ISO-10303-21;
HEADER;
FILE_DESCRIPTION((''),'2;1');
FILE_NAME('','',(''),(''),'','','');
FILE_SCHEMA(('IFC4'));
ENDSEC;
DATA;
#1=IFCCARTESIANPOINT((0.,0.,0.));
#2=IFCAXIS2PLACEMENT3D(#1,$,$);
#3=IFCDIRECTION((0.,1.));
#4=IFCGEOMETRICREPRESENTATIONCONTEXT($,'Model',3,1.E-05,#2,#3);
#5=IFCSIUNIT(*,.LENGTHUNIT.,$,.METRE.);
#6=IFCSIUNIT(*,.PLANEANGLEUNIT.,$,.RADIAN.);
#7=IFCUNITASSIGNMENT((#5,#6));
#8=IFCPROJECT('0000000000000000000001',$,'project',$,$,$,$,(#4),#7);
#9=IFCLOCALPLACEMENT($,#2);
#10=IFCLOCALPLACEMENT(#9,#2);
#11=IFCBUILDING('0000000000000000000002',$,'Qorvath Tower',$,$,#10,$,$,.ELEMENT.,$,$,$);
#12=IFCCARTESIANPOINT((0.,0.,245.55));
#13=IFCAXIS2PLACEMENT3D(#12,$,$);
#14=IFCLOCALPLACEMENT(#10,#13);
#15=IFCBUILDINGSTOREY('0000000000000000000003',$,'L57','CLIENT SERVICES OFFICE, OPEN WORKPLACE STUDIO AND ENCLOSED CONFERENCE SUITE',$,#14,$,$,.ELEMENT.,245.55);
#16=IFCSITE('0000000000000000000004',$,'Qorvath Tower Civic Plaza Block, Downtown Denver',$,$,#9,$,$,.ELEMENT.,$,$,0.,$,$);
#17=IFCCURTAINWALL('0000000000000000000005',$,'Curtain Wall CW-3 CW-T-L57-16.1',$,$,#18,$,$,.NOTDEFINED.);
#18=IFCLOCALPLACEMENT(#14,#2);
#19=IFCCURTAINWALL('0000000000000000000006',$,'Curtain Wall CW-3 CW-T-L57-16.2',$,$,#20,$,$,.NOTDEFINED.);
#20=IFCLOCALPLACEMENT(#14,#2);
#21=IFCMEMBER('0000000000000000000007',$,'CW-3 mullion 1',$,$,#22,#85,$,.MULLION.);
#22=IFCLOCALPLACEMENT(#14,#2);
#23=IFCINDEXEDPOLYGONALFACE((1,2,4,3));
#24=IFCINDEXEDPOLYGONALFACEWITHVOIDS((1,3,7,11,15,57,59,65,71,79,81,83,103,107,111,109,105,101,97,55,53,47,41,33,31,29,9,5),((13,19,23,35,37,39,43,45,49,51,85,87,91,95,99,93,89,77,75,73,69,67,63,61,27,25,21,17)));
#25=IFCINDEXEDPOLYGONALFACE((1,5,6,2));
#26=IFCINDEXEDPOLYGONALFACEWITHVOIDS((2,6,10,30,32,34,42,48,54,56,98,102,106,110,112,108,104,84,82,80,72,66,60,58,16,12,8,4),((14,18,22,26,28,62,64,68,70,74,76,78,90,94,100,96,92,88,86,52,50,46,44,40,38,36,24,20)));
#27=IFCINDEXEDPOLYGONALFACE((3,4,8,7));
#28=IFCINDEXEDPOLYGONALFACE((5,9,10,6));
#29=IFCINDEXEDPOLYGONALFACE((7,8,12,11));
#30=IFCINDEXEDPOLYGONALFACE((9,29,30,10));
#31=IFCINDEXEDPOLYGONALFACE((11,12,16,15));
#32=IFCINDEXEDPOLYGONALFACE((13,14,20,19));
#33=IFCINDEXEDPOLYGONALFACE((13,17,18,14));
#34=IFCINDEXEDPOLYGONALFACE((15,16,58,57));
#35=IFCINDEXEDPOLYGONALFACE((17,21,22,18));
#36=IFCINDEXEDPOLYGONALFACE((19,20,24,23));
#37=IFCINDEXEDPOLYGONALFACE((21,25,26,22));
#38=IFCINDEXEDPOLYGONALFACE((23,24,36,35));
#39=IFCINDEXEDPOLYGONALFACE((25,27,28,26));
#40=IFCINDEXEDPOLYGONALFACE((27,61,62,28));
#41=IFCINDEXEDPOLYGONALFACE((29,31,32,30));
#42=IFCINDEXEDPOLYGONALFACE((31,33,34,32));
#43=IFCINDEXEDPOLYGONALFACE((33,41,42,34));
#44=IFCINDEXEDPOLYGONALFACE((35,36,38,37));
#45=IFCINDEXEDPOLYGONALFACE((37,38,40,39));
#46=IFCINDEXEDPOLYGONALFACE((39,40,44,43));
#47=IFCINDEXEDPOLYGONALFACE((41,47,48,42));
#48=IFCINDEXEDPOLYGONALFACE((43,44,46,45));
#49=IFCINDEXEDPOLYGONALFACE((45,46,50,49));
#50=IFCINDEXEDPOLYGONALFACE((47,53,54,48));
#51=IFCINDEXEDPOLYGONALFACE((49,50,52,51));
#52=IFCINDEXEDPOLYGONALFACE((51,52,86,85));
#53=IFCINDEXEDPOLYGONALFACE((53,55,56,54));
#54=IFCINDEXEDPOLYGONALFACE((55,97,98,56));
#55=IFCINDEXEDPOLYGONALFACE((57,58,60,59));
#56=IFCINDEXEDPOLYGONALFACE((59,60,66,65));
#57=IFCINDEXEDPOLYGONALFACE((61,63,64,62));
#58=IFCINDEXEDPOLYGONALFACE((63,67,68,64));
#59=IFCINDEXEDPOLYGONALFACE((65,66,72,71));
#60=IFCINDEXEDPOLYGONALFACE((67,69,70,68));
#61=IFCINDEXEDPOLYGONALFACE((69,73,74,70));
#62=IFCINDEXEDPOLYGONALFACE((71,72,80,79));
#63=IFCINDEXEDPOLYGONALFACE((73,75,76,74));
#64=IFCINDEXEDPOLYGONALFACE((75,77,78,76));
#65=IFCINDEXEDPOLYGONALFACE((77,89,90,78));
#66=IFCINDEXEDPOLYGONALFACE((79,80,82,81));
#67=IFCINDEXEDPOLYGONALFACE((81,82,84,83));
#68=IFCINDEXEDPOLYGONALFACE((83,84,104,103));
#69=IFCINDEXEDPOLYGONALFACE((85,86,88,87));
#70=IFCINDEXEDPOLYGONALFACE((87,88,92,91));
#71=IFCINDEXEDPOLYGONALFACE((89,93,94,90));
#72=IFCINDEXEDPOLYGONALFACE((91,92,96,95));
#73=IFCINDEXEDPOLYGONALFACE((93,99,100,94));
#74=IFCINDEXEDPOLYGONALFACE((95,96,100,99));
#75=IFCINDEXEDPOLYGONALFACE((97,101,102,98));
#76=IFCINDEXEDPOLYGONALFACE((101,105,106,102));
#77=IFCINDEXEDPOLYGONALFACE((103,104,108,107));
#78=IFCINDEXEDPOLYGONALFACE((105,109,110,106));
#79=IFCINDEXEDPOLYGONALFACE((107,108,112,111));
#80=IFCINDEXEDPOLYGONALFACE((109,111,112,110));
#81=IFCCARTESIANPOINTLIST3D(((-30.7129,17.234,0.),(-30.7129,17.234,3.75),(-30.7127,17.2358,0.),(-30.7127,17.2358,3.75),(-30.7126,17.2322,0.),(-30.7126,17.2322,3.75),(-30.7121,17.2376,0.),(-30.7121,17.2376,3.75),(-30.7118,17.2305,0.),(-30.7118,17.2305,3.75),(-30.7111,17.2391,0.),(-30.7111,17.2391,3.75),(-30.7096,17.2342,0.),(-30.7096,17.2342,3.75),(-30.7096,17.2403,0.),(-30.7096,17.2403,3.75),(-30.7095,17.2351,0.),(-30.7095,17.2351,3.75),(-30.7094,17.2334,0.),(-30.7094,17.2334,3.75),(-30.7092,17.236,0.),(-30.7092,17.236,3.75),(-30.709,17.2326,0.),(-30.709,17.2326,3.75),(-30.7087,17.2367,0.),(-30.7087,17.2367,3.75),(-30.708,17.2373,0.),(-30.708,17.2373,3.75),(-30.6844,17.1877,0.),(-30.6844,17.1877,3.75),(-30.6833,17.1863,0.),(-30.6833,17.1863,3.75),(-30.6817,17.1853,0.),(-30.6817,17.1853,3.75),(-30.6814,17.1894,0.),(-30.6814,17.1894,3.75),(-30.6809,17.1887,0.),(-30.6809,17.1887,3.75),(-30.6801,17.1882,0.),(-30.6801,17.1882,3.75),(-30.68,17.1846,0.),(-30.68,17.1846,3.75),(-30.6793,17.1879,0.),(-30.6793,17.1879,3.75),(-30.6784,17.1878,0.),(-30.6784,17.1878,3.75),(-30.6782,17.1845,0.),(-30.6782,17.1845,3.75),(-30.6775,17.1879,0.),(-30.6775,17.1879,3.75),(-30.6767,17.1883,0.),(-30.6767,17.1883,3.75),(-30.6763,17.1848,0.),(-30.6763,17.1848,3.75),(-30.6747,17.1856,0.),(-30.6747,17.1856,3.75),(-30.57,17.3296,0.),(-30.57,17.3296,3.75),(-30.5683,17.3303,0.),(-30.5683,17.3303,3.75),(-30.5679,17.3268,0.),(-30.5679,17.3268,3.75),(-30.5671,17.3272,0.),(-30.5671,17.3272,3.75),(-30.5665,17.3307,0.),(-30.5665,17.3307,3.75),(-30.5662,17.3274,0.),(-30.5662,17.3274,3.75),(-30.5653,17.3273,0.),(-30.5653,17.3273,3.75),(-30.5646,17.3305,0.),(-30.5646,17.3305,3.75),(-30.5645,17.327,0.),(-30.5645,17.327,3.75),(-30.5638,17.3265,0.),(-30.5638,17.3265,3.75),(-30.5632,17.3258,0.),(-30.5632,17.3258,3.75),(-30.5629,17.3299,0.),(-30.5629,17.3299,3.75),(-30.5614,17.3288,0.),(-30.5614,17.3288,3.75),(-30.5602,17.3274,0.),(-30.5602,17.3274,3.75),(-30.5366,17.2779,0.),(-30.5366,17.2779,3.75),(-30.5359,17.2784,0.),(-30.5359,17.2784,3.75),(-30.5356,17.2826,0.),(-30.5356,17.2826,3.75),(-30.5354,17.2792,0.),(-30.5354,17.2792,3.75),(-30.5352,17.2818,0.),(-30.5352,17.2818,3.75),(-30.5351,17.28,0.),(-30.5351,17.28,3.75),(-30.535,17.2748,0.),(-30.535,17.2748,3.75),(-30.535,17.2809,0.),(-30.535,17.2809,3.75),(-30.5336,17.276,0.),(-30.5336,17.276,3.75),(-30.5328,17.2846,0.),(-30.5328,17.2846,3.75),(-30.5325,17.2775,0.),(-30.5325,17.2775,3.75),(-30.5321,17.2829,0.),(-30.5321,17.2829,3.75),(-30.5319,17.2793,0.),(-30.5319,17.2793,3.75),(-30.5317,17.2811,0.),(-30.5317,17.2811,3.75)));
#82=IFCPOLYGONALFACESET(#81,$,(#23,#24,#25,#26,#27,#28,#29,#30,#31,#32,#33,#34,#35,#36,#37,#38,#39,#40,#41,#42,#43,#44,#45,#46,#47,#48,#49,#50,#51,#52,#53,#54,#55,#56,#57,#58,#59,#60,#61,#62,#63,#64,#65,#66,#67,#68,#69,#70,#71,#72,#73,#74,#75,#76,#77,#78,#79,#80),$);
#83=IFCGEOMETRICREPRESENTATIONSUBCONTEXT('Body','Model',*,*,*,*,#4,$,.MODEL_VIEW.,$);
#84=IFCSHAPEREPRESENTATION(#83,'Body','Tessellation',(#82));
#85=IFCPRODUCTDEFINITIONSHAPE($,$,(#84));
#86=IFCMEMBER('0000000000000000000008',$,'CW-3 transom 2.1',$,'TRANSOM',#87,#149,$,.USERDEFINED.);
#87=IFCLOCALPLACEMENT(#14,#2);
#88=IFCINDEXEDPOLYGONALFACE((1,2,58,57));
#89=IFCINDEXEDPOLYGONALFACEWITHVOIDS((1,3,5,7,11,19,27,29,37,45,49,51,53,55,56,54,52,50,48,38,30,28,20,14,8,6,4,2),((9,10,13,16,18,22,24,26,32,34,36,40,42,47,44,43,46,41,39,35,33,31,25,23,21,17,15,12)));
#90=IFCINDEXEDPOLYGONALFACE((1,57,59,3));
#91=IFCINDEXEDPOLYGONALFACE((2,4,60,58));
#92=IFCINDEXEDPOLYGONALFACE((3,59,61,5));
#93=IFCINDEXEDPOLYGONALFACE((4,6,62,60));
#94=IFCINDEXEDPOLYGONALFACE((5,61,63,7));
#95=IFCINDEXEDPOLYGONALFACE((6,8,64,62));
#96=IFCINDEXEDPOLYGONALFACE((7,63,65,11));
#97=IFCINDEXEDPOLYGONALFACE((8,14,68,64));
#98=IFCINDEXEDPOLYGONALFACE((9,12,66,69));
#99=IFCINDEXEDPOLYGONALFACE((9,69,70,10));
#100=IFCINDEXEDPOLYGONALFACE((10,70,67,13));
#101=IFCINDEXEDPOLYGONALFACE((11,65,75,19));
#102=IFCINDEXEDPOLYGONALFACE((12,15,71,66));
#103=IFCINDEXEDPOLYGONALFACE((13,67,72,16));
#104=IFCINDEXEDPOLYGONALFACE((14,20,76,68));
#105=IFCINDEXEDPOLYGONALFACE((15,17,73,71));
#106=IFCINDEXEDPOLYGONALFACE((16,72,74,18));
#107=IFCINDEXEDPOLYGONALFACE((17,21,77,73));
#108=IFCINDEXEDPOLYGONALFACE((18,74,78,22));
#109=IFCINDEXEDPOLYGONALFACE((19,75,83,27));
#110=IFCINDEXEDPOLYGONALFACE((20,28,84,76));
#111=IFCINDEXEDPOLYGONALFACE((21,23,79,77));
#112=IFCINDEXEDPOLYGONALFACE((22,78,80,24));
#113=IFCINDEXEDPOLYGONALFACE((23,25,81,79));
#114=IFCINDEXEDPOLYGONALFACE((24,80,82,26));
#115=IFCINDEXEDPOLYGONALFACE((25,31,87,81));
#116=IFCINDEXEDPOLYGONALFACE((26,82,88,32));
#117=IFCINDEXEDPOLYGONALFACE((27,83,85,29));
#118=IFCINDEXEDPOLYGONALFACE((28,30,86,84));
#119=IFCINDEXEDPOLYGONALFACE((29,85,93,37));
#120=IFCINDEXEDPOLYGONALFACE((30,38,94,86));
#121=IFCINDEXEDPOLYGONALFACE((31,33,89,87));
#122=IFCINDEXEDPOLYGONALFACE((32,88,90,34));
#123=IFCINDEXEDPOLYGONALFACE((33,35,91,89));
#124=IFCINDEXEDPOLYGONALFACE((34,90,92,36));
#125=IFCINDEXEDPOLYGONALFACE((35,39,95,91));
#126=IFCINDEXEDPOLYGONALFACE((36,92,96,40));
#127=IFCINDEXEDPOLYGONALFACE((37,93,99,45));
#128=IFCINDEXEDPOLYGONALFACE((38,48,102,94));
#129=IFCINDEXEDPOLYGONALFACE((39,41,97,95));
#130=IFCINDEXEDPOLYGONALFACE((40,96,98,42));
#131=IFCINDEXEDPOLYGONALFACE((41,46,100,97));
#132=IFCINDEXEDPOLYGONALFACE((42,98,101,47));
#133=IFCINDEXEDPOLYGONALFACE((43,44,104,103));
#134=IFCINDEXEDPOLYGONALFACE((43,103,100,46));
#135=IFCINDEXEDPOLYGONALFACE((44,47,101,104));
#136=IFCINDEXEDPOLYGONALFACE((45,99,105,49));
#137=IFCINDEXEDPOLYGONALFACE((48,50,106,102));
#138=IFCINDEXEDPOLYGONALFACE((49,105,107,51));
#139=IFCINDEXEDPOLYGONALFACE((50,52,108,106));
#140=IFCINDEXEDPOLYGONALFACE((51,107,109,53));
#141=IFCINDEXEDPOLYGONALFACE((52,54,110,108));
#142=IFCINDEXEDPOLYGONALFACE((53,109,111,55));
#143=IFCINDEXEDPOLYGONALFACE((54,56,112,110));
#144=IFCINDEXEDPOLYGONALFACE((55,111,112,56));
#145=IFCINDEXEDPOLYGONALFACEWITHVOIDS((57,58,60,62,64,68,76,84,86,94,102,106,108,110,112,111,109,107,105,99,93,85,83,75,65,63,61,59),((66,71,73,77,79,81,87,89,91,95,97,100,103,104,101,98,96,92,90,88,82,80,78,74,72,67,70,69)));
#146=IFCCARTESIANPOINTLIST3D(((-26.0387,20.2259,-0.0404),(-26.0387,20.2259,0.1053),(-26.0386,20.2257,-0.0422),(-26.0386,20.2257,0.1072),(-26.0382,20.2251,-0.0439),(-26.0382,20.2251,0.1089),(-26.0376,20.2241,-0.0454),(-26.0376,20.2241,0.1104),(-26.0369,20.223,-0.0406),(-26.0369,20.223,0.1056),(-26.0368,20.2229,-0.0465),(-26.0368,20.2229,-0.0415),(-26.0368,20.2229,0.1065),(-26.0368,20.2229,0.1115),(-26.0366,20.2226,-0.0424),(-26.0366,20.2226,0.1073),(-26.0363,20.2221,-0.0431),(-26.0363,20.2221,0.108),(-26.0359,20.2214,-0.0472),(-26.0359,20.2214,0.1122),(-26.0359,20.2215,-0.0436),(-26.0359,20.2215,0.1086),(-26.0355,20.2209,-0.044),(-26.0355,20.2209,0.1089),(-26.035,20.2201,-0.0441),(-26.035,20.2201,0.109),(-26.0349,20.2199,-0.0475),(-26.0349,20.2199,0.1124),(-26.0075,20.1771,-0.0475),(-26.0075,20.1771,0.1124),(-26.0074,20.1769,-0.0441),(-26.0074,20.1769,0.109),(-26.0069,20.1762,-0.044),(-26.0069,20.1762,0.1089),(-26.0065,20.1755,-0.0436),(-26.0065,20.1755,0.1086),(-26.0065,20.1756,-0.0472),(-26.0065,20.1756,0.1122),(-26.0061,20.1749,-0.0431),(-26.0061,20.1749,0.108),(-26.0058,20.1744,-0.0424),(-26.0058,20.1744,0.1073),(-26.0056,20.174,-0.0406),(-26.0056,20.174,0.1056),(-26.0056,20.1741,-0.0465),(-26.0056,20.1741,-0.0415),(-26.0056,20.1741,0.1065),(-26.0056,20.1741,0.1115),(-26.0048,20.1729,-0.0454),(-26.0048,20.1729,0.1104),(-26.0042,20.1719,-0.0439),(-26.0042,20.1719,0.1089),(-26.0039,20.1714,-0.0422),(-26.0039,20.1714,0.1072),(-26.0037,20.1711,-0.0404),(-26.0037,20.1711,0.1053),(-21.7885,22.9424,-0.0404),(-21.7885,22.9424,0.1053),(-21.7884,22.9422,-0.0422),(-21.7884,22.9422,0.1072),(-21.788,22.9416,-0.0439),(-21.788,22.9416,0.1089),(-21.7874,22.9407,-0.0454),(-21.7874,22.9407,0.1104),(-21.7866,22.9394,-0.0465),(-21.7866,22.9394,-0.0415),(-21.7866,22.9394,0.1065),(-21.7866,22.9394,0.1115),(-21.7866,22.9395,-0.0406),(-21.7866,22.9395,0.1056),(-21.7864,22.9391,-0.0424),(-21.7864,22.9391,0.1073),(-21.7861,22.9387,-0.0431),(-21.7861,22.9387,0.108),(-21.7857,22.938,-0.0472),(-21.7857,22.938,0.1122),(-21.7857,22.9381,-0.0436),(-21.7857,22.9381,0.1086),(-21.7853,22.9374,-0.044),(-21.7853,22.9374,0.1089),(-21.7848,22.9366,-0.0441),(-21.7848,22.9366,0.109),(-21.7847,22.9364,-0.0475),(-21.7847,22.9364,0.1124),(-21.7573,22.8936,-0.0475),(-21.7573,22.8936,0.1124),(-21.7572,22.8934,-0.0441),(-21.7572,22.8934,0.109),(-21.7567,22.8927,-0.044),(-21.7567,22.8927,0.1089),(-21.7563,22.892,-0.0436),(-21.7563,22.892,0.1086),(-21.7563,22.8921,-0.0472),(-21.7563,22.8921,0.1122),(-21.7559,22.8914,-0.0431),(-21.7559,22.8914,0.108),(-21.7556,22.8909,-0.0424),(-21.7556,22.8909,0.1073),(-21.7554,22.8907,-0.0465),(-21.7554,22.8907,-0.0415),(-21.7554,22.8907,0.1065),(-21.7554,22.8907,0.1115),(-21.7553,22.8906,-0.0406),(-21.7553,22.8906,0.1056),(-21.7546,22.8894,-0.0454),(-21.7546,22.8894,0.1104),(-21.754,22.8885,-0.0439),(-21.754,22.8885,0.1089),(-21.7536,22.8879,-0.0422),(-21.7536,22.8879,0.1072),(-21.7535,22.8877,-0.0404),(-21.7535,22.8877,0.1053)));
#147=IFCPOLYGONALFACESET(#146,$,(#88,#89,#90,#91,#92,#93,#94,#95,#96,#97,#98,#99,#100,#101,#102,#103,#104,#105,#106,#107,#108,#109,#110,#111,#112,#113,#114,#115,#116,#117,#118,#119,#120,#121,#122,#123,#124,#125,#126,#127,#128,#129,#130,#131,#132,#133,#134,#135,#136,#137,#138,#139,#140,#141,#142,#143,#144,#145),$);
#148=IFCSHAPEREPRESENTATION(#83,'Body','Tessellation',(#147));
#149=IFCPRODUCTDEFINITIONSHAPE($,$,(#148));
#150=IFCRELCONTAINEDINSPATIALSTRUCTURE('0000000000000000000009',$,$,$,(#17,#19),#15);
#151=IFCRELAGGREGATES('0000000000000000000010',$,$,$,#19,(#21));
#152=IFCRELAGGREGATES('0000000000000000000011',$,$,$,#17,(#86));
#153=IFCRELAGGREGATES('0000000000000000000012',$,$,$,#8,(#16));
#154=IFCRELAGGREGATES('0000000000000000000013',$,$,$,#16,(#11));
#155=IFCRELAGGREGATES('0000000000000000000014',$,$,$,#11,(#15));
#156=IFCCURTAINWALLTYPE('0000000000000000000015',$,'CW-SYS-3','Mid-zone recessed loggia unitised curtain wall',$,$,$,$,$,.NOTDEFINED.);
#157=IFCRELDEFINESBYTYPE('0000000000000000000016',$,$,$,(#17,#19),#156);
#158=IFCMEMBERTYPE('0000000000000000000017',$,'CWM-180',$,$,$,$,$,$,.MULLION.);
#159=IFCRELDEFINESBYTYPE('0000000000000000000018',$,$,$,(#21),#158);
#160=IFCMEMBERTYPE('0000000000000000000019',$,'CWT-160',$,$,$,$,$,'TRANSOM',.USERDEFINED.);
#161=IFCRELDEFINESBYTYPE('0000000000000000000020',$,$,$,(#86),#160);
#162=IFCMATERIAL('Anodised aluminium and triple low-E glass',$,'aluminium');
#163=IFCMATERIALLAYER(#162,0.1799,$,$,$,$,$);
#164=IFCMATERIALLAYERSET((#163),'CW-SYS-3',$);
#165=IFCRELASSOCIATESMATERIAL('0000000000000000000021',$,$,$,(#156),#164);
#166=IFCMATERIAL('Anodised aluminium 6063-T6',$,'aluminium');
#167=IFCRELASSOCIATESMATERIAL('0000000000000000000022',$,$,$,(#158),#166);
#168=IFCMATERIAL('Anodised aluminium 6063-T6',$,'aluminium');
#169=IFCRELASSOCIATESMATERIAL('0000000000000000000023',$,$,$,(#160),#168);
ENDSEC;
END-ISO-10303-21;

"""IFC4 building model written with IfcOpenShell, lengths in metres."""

from ifc_helpers import new_model, si_unit, direction, frame, origin, origin_2d, place, context, subcontext, project, spatial, hollow_rectangle, extrude, material, layer, layer_set, material_profile, profile_set, type_object, element, aggregate, save


model = new_model("IFC4")

# Units and contexts
model_context = context("Model", 3, precision=1e-05, world=origin(), true_north=direction((0.0, 1.0)))
body_context = subcontext(model_context, "Body", "Model", "MODEL_VIEW")
ifc_project = project(units=[si_unit("LENGTHUNIT", "METRE"), si_unit("PLANEANGLEUNIT", "RADIAN")], contexts=[model_context])

# Site, building, storey
site_placement = place(None, origin())
site = spatial("IfcSite", under=ifc_project, at=site_placement, Name="Qorvath Tower Civic Plaza Block, Downtown Denver", CompositionType="ELEMENT", RefElevation=0.0)
building_placement = place(site_placement, origin())
building = spatial("IfcBuilding", under=site, at=building_placement, Name="Qorvath Tower", CompositionType="ELEMENT")
storey_placement = place(building_placement, frame((0.0, 0.0, 245.55)))
storey = spatial("IfcBuildingStorey", under=building, at=storey_placement, Name="L57", Description="CLIENT SERVICES OFFICE, OPEN WORKPLACE STUDIO AND ENCLOSED CONFERENCE SUITE", CompositionType="ELEMENT", Elevation=245.55)

# Curtain wall
ifc_material_1 = material(Name="Anodised aluminium and triple low-E glass", Category="aluminium")
ifc_layer_1 = layer(ifc_material_1, 0.1799)
ifc_layer_set_1 = layer_set([ifc_layer_1], Name="CW-SYS-3")
curtain_wall_type = type_object("IfcCurtainWallType", Name="CW-SYS-3", Description="Mid-zone recessed loggia unitised curtain wall", PredefinedType="NOTDEFINED", material=ifc_layer_set_1)
curtain_wall_1_placement = place(storey_placement, origin())
curtain_wall_1 = element("IfcCurtainWall", 1, at=curtain_wall_1_placement, inside=storey, type_object=curtain_wall_type, Name="Curtain Wall CW-3 CW-T-L57-16.1", PredefinedType="NOTDEFINED")
ifc_material_2 = material(Name="Anodised aluminium 6063-T6", Category="aluminium")
ifc_material_profile_1 = material_profile(ifc_material_2, hollow_rectangle(XDim=0.0649, YDim=0.1799, WallThickness=0.0034, InnerFilletRadius=0.0034, OuterFilletRadius=0.0071, at=origin_2d()), Name="CWM 180x65")
ifc_profile_set_1 = profile_set([ifc_material_profile_1], Name="Anodised aluminium 6063-T6")
member_type_1 = type_object("IfcMemberType", Name="CWM-180", PredefinedType="MULLION", material=ifc_profile_set_1)

# Curtain wall, member
curtain_wall_2_placement = place(storey_placement, origin())
curtain_wall_2 = element("IfcCurtainWall", 2, at=curtain_wall_2_placement, inside=storey, type_object=curtain_wall_type, Name="Curtain Wall CW-3 CW-T-L57-16.2", PredefinedType="NOTDEFINED")
member_1_placement = place(storey_placement, frame((-30.6223, 17.2576, 0.0), z_axis=(0.0, 0.0, 1.0), x_axis=(0.53852, -0.842613, 0.0)))
member_1 = element("IfcMember", 3, at=member_1_placement, type_object=member_type_1, Name="CW-3 mullion 1", PredefinedType="MULLION", context=body_context, shape_type="SweptSolid", body=[
    extrude(hollow_rectangle(XDim=0.0649, YDim=0.1799, WallThickness=0.0034, InnerFilletRadius=0.0034, OuterFilletRadius=0.0071, at=origin_2d()), origin(), (0.0, 0.0, 1.0), 3.75),
])

# Member
ifc_material_3 = material(Name="Anodised aluminium 6063-T6", Category="aluminium")
ifc_material_profile_2 = material_profile(ifc_material_3, hollow_rectangle(XDim=0.0649, YDim=0.1599, WallThickness=0.0034, InnerFilletRadius=0.0034, OuterFilletRadius=0.0071, at=origin_2d()), Name="CWT 160x65")
ifc_profile_set_2 = profile_set([ifc_material_profile_2], Name="Anodised aluminium 6063-T6")
member_type_2 = type_object("IfcMemberType", Name="CWT-160", ElementType="TRANSOM", PredefinedType="USERDEFINED", material=ifc_profile_set_2)
member_2_placement = place(storey_placement, frame((-21.771, 22.915, 0.0325), z_axis=(-0.842596, -0.538547, 0.0), x_axis=(0.538547, -0.842596, 0.0)))
member_2 = element("IfcMember", 4, at=member_2_placement, type_object=member_type_2, Name="CW-3 transom 2.1", ObjectType="TRANSOM", PredefinedType="USERDEFINED", context=body_context, shape_type="SweptSolid", body=[
    extrude(hollow_rectangle(XDim=0.0649, YDim=0.1599, WallThickness=0.0034, InnerFilletRadius=0.0034, OuterFilletRadius=0.0071, at=origin_2d()), origin(), (0.0, 0.0, 1.0), 5.0442),
])
aggregate(curtain_wall_2, [member_1])

aggregate(curtain_wall_1, [member_2])

save(model, "model.ifc")
